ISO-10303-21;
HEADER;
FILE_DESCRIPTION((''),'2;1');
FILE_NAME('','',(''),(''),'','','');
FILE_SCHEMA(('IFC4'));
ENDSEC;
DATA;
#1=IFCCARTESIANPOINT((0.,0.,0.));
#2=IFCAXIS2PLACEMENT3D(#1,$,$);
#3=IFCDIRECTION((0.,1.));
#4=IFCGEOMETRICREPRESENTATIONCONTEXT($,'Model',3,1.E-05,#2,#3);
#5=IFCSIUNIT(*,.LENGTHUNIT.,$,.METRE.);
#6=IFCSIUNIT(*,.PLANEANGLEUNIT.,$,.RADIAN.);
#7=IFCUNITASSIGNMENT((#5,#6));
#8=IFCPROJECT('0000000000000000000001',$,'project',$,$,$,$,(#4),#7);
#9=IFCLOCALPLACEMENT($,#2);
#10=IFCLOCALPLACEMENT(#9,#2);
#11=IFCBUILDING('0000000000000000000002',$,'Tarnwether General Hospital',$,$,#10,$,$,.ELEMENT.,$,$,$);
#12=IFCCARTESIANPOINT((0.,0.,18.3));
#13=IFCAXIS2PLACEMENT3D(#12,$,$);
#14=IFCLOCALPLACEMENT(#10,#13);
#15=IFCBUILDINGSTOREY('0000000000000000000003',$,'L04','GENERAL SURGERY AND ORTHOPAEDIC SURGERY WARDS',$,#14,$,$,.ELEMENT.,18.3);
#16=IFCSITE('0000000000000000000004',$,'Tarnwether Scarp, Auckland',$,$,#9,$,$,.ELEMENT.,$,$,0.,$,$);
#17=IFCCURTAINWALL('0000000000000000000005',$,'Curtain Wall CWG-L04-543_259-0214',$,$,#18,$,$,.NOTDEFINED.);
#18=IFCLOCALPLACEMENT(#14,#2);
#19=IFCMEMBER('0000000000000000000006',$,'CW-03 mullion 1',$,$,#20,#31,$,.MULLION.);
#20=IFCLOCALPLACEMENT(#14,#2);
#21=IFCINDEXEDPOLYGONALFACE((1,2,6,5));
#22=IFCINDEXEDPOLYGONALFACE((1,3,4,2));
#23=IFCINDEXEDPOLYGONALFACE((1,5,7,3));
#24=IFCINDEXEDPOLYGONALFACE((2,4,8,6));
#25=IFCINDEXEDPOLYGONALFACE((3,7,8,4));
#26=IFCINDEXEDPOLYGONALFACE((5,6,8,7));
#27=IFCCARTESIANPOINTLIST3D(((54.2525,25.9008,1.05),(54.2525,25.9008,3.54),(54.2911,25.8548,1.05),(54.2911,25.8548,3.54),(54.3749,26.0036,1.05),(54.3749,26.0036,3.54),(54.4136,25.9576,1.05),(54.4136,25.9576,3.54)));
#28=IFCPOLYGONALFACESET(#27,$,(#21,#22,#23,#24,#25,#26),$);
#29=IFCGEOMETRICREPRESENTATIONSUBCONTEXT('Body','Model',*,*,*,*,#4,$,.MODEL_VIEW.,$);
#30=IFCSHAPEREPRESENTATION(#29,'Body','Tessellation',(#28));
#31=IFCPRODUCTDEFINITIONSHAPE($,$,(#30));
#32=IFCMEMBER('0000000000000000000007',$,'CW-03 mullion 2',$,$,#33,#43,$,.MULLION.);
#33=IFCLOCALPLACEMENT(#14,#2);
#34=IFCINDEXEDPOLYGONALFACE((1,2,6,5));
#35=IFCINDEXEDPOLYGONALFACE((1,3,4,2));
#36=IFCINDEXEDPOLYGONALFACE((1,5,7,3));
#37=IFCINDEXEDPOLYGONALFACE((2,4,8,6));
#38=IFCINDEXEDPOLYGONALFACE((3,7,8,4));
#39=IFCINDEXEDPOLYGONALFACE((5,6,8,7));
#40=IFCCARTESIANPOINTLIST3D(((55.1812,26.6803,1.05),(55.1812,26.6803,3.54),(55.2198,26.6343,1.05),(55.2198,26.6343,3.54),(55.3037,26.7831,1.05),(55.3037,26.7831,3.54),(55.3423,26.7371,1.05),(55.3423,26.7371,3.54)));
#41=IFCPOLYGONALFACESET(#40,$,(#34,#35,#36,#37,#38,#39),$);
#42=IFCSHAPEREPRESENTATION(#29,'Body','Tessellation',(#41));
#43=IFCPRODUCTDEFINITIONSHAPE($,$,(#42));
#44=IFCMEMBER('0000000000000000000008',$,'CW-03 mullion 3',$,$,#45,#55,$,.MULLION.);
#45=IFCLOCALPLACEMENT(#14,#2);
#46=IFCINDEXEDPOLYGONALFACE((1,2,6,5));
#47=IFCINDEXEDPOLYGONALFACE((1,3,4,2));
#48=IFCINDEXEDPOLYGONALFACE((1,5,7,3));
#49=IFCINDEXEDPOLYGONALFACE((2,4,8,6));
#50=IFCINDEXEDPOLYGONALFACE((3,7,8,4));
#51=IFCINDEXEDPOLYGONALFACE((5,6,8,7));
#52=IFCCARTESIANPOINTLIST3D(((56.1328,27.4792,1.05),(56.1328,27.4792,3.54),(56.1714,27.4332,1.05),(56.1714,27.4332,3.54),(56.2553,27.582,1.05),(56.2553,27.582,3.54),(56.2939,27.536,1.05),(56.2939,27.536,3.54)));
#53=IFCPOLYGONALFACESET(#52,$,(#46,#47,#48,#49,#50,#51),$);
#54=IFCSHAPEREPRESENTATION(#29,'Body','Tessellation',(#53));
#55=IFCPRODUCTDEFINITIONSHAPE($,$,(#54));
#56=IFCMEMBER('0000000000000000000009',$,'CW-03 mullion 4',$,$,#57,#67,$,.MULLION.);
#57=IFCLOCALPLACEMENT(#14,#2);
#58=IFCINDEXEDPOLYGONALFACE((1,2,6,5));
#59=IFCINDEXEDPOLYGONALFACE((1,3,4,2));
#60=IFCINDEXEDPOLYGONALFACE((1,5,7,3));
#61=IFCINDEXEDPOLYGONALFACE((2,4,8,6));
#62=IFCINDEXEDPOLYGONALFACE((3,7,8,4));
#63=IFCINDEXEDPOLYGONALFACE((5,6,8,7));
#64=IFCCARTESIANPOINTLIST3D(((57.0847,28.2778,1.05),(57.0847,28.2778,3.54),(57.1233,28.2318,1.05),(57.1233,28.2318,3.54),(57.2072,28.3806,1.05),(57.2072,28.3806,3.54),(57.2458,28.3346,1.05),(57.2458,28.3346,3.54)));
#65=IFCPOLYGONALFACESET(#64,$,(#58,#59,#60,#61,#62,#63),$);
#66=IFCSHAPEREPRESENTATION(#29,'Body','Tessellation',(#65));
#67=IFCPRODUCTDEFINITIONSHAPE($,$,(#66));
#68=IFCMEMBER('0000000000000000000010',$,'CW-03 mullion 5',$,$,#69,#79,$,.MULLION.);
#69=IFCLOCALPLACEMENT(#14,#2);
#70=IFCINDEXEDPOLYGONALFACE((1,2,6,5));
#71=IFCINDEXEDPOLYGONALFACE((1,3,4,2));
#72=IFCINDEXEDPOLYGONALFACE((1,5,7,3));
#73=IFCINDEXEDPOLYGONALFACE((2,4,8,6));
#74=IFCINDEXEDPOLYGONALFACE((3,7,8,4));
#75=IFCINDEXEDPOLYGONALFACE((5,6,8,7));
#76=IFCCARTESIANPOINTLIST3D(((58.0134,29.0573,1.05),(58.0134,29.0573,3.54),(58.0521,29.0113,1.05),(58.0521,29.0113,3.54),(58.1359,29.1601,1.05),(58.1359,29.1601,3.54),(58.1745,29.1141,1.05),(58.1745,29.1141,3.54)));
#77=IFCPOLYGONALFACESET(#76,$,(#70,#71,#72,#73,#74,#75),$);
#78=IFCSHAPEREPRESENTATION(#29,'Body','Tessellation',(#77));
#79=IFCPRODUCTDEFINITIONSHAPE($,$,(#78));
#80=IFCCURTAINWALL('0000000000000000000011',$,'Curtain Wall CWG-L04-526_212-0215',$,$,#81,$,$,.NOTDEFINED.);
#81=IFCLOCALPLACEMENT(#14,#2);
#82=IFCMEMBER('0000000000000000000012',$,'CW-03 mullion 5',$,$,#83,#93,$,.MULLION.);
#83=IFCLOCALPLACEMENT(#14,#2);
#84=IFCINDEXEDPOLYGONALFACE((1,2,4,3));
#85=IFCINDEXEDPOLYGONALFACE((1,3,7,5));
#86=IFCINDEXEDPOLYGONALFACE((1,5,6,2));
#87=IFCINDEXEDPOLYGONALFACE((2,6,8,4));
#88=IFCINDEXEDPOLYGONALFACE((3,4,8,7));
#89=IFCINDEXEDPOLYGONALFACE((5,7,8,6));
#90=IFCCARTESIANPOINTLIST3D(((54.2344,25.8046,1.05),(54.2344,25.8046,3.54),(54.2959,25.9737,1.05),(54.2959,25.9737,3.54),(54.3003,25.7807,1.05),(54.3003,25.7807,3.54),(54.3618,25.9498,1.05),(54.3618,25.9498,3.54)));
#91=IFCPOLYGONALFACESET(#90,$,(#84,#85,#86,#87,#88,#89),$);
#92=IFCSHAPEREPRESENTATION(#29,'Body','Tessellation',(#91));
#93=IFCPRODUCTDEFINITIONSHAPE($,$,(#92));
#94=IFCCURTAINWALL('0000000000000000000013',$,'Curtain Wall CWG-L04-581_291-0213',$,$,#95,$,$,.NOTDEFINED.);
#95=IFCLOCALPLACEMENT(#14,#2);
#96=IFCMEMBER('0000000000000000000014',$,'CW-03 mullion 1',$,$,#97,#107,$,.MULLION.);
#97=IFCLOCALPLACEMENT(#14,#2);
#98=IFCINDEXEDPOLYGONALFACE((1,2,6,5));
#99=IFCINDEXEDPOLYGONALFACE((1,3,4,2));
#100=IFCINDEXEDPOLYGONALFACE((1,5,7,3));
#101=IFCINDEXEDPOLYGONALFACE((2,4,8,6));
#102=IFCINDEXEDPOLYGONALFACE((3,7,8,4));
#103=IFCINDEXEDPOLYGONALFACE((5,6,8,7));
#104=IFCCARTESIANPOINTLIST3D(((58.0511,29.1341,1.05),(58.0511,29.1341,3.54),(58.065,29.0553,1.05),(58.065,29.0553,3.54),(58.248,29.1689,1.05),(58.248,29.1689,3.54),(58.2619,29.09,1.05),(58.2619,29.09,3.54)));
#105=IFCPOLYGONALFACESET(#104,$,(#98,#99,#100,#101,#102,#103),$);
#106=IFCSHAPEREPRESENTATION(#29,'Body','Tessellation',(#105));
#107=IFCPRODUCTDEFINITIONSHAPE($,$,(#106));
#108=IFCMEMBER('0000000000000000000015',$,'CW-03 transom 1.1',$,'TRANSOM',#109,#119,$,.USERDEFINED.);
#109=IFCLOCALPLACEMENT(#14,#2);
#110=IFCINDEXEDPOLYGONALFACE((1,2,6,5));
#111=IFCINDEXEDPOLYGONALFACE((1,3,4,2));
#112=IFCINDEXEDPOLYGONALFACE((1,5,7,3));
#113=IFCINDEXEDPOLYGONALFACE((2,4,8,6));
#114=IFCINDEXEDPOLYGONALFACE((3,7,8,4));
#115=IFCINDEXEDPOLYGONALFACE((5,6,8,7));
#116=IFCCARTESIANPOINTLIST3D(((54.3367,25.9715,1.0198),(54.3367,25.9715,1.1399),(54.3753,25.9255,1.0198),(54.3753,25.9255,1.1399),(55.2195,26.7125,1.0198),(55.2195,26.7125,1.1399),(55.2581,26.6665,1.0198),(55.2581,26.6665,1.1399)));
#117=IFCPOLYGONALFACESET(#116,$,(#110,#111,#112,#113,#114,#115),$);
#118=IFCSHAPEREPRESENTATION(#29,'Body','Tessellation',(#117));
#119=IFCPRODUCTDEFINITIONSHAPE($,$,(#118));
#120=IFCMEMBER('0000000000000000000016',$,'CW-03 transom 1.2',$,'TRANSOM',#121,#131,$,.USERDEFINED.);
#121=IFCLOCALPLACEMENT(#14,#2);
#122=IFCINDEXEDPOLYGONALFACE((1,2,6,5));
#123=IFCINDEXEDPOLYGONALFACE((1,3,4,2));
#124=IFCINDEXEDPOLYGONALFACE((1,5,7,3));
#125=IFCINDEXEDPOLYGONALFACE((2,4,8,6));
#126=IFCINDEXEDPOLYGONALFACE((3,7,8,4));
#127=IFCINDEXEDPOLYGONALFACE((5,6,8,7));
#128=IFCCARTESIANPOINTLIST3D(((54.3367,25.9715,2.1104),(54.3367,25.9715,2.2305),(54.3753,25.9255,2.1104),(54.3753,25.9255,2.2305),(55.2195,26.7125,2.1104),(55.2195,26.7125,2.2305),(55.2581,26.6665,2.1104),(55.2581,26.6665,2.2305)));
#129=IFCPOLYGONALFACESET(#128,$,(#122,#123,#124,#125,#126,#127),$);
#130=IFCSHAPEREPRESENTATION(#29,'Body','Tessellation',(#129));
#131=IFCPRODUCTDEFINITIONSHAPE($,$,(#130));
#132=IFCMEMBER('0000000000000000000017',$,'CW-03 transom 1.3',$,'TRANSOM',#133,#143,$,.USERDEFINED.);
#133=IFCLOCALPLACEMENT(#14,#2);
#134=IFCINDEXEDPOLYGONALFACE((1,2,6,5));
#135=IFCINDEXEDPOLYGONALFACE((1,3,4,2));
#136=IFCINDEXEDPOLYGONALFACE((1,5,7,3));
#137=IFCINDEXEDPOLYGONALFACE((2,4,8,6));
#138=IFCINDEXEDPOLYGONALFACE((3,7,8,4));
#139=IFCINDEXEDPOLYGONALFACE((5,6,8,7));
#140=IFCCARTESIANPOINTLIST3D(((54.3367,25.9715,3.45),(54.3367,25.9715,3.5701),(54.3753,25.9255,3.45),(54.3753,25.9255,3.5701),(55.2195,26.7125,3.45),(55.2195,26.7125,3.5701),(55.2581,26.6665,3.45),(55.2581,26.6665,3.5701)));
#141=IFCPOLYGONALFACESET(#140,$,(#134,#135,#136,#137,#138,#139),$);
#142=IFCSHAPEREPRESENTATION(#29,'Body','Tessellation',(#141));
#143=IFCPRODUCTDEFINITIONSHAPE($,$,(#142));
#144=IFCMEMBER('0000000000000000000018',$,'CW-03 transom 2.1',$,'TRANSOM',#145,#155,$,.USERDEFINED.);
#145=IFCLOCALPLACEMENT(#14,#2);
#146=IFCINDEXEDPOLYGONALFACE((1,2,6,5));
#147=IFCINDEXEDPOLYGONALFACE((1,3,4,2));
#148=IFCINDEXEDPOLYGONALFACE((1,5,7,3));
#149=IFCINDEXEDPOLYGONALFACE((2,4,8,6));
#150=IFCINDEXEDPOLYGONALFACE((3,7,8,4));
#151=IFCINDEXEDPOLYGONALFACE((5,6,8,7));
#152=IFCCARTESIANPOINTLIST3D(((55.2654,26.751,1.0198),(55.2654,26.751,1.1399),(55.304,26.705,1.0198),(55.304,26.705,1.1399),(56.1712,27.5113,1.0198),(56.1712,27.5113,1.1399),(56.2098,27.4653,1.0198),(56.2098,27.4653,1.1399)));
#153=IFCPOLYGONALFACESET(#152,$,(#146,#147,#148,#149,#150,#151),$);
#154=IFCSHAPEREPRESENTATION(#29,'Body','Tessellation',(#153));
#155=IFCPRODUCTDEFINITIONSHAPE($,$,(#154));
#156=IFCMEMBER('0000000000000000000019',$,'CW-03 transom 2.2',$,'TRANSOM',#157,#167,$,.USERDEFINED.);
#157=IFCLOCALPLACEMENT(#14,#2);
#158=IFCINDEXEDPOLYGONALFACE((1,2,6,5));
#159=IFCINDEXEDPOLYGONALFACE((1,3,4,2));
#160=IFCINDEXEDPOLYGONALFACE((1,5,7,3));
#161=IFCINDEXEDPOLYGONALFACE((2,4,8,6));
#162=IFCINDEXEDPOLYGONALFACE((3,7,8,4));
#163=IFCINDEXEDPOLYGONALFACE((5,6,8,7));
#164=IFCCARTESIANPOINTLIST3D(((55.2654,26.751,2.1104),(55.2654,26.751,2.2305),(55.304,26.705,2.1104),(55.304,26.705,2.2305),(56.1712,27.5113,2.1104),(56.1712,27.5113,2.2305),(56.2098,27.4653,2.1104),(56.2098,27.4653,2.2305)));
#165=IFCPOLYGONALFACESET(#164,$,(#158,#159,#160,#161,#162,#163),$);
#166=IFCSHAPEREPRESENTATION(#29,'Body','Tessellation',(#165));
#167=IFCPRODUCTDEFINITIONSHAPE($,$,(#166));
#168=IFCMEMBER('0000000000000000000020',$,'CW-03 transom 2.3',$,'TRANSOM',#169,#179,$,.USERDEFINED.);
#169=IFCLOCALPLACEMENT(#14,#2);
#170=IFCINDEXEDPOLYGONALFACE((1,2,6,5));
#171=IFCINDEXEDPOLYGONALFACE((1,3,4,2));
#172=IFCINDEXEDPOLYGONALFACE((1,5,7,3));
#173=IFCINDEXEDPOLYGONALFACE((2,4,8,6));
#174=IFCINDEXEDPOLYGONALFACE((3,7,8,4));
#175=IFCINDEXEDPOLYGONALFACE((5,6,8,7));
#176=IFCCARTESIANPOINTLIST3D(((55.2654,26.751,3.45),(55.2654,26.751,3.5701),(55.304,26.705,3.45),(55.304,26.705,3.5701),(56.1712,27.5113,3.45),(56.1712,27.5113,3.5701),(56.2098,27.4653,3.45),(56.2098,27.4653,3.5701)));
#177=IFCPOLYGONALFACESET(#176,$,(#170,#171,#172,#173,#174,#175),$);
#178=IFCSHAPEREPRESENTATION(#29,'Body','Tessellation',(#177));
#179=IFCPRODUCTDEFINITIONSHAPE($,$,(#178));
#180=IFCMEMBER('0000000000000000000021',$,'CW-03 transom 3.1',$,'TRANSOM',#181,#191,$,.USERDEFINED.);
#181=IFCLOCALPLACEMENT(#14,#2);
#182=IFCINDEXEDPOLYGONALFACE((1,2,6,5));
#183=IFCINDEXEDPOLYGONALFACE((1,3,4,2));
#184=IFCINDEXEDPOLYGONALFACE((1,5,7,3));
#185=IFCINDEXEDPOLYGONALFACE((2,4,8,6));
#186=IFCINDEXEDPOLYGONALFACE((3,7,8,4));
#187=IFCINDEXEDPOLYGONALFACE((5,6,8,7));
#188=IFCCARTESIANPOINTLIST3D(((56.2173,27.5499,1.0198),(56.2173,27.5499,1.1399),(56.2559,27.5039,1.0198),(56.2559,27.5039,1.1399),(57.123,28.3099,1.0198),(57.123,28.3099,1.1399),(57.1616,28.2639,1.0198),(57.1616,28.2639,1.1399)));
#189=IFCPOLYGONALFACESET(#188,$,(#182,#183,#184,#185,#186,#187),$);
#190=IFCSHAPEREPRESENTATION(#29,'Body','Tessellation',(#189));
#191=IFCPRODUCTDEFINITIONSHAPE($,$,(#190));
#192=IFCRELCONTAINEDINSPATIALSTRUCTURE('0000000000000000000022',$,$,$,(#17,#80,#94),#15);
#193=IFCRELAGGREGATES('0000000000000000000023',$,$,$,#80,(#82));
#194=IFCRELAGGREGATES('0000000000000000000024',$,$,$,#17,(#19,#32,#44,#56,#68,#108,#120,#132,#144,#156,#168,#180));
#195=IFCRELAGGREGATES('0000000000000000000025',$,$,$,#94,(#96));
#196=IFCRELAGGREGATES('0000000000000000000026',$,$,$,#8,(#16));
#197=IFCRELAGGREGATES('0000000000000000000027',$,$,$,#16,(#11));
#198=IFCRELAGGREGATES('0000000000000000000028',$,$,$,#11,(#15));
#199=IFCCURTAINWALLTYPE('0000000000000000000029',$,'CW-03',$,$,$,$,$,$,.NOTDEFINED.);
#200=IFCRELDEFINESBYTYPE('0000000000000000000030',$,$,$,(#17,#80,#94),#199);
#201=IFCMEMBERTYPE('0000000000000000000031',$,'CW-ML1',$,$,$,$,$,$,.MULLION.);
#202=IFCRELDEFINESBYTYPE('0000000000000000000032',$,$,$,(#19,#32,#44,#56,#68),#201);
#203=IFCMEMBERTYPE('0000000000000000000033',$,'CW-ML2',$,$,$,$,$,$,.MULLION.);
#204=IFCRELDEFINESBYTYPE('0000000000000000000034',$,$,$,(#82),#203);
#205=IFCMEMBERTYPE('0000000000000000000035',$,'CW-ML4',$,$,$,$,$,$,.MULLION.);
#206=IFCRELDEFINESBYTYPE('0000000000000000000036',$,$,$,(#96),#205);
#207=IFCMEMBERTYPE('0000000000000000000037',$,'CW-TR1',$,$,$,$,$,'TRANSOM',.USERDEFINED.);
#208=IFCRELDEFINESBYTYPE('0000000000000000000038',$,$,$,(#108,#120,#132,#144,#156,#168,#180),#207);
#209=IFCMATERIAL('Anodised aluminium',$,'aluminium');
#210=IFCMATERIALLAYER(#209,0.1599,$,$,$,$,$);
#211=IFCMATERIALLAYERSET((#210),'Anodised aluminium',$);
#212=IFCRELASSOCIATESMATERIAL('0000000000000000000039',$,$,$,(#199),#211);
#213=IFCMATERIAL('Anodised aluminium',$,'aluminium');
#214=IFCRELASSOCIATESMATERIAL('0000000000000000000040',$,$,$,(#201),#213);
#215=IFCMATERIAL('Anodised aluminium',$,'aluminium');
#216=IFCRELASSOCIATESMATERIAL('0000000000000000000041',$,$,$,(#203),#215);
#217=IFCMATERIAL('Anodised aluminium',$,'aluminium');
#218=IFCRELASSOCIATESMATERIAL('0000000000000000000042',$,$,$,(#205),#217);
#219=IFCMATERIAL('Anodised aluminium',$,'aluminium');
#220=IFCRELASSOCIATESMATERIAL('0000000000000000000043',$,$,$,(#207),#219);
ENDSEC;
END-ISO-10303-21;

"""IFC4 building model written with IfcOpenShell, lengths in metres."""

from ifc_helpers import new_model, si_unit, direction, frame, origin, origin_2d, place, context, subcontext, project, spatial, rectangle, extrude, material, layer, layer_set, material_profile, profile_set, type_object, element, aggregate, save


model = new_model("IFC4")

# Units and contexts
model_context = context("Model", 3, precision=1e-05, world=origin(), true_north=direction((0.0, 1.0)))
body_context = subcontext(model_context, "Body", "Model", "MODEL_VIEW")
ifc_project = project(units=[si_unit("LENGTHUNIT", "METRE"), si_unit("PLANEANGLEUNIT", "RADIAN")], contexts=[model_context])

# Site, building, storey
site_placement = place(None, origin())
site = spatial("IfcSite", under=ifc_project, at=site_placement, Name="Tarnwether Scarp, Auckland", CompositionType="ELEMENT", RefElevation=0.0)
building_placement = place(site_placement, origin())
building = spatial("IfcBuilding", under=site, at=building_placement, Name="Tarnwether General Hospital", CompositionType="ELEMENT")
storey_placement = place(building_placement, frame((0.0, 0.0, 18.3)))
storey = spatial("IfcBuildingStorey", under=building, at=storey_placement, Name="L04", Description="GENERAL SURGERY AND ORTHOPAEDIC SURGERY WARDS", CompositionType="ELEMENT", Elevation=18.3)

# Curtain wall, members
ifc_material_1 = material(Name="Anodised aluminium", Category="aluminium")
ifc_layer_1 = layer(ifc_material_1, 0.1599)
ifc_layer_set_1 = layer_set([ifc_layer_1], Name="Anodised aluminium")
curtain_wall_type = type_object("IfcCurtainWallType", Name="CW-03", PredefinedType="NOTDEFINED", material=ifc_layer_set_1)
curtain_wall_1_placement = place(storey_placement, origin())
curtain_wall_1 = element("IfcCurtainWall", 1, at=curtain_wall_1_placement, inside=storey, type_object=curtain_wall_type, Name="Curtain Wall CWG-L04-543_259-0214", PredefinedType="NOTDEFINED")
ifc_material_2 = material(Name="Anodised aluminium", Category="aluminium")
ifc_material_profile_1 = material_profile(ifc_material_2, rectangle(XDim=0.0601, YDim=0.1599, at=origin_2d()), Name="ALU-MUL-60x160")
ifc_profile_set_1 = profile_set([ifc_material_profile_1], Name="Anodised aluminium")
member_type_1 = type_object("IfcMemberType", Name="CW-ML1", PredefinedType="MULLION", material=ifc_profile_set_1)
member_1_placement = place(storey_placement, frame((54.333, 25.9292, 1.05), z_axis=(0.0, 0.0, 1.0), x_axis=(-0.642852, 0.76599, 0.0)))
member_1 = element("IfcMember", 2, at=member_1_placement, type_object=member_type_1, Name="CW-03 mullion 1", PredefinedType="MULLION", context=body_context, shape_type="SweptSolid", body=[
    extrude(rectangle(XDim=0.0601, YDim=0.1599, at=origin_2d()), origin(), (0.0, 0.0, 1.0), 2.49),
])
member_2_placement = place(storey_placement, frame((55.2617, 26.7087, 1.05), z_axis=(0.0, 0.0, 1.0), x_axis=(-0.642852, 0.76599, 0.0)))
member_2 = element("IfcMember", 3, at=member_2_placement, type_object=member_type_1, Name="CW-03 mullion 2", PredefinedType="MULLION", context=body_context, shape_type="SweptSolid", body=[
    extrude(rectangle(XDim=0.0601, YDim=0.1599, at=origin_2d()), origin(), (0.0, 0.0, 1.0), 2.49),
])
member_3_placement = place(storey_placement, frame((56.2134, 27.5076, 1.05), z_axis=(0.0, 0.0, 1.0), x_axis=(-0.642852, 0.76599, 0.0)))
member_3 = element("IfcMember", 4, at=member_3_placement, type_object=member_type_1, Name="CW-03 mullion 3", PredefinedType="MULLION", context=body_context, shape_type="SweptSolid", body=[
    extrude(rectangle(XDim=0.0601, YDim=0.1599, at=origin_2d()), origin(), (0.0, 0.0, 1.0), 2.49),
])
member_4_placement = place(storey_placement, frame((57.1653, 28.3062, 1.05), z_axis=(0.0, 0.0, 1.0), x_axis=(-0.642852, 0.76599, 0.0)))
member_4 = element("IfcMember", 5, at=member_4_placement, type_object=member_type_1, Name="CW-03 mullion 4", PredefinedType="MULLION", context=body_context, shape_type="SweptSolid", body=[
    extrude(rectangle(XDim=0.0601, YDim=0.1599, at=origin_2d()), origin(), (0.0, 0.0, 1.0), 2.49),
])
member_5_placement = place(storey_placement, frame((58.094, 29.0857, 1.05), z_axis=(0.0, 0.0, 1.0), x_axis=(-0.642852, 0.76599, 0.0)))
member_5 = element("IfcMember", 6, at=member_5_placement, type_object=member_type_1, Name="CW-03 mullion 5", PredefinedType="MULLION", context=body_context, shape_type="SweptSolid", body=[
    extrude(rectangle(XDim=0.0601, YDim=0.1599, at=origin_2d()), origin(), (0.0, 0.0, 1.0), 2.49),
])

# Curtain walls, members
curtain_wall_2_placement = place(storey_placement, origin())
curtain_wall_2 = element("IfcCurtainWall", 7, at=curtain_wall_2_placement, inside=storey, type_object=curtain_wall_type, Name="Curtain Wall CWG-L04-526_212-0215", PredefinedType="NOTDEFINED")
ifc_material_3 = material(Name="Anodised aluminium", Category="aluminium")
ifc_material_profile_2 = material_profile(ifc_material_3, rectangle(XDim=0.0701, YDim=0.1799, at=origin_2d()), Name="ALU-MUL-70x180")
ifc_profile_set_2 = profile_set([ifc_material_profile_2], Name="Anodised aluminium")
member_type_2 = type_object("IfcMemberType", Name="CW-ML2", PredefinedType="MULLION", material=ifc_profile_set_2)
member_6_placement = place(storey_placement, frame((54.2981, 25.8772, 1.05), z_axis=(0.0, 0.0, 1.0), x_axis=(-0.939717, 0.341953, 0.0)))
member_6 = element("IfcMember", 8, at=member_6_placement, type_object=member_type_2, Name="CW-03 mullion 5", PredefinedType="MULLION", context=body_context, shape_type="SweptSolid", body=[
    extrude(rectangle(XDim=0.0701, YDim=0.1799, at=origin_2d()), origin(), (0.0, 0.0, 1.0), 2.49),
])
aggregate(curtain_wall_2, [member_6])
curtain_wall_3_placement = place(storey_placement, origin())
curtain_wall_3 = element("IfcCurtainWall", 9, at=curtain_wall_3_placement, inside=storey, type_object=curtain_wall_type, Name="Curtain Wall CWG-L04-581_291-0213", PredefinedType="NOTDEFINED")
ifc_material_4 = material(Name="Anodised aluminium", Category="aluminium")
ifc_material_profile_3 = material_profile(ifc_material_4, rectangle(XDim=0.0801, YDim=0.2, at=origin_2d()), Name="ALU-MUL-80x200")
ifc_profile_set_3 = profile_set([ifc_material_profile_3], Name="Anodised aluminium")
member_type_3 = type_object("IfcMemberType", Name="CW-ML4", PredefinedType="MULLION", material=ifc_profile_set_3)
member_7_placement = place(storey_placement, frame((58.1565, 29.1121, 1.05), z_axis=(0.0, 0.0, 1.0), x_axis=(-0.173659, 0.984806, 0.0)))
member_7 = element("IfcMember", 10, at=member_7_placement, type_object=member_type_3, Name="CW-03 mullion 1", PredefinedType="MULLION", context=body_context, shape_type="SweptSolid", body=[
    extrude(rectangle(XDim=0.0801, YDim=0.2, at=origin_2d()), origin(), (0.0, 0.0, 1.0), 2.49),
])

# Members
ifc_material_5 = material(Name="Anodised aluminium", Category="aluminium")
ifc_material_profile_4 = material_profile(ifc_material_5, rectangle(XDim=0.0601, YDim=0.1201, at=origin_2d()), Name="ALU-TRN-60x120")
ifc_profile_set_4 = profile_set([ifc_material_profile_4], Name="Anodised aluminium")
member_type_4 = type_object("IfcMemberType", Name="CW-TR1", ElementType="TRANSOM", PredefinedType="USERDEFINED", material=ifc_profile_set_4)
member_8_placement = place(storey_placement, frame((54.356, 25.9485, 1.0798), z_axis=(0.765959, 0.642889, 0.0), x_axis=(-0.642889, 0.765959, 0.0)))
member_8 = element("IfcMember", 11, at=member_8_placement, type_object=member_type_4, Name="CW-03 transom 1.1", ObjectType="TRANSOM", PredefinedType="USERDEFINED", context=body_context, shape_type="SweptSolid", body=[
    extrude(rectangle(XDim=0.0601, YDim=0.1201, at=origin_2d()), origin(), (0.0, 0.0, 1.0), 1.1526),
])
member_9_placement = place(storey_placement, frame((54.356, 25.9485, 2.1704), z_axis=(0.765959, 0.642889, 0.0), x_axis=(-0.642889, 0.765959, 0.0)))
member_9 = element("IfcMember", 12, at=member_9_placement, type_object=member_type_4, Name="CW-03 transom 1.2", ObjectType="TRANSOM", PredefinedType="USERDEFINED", context=body_context, shape_type="SweptSolid", body=[
    extrude(rectangle(XDim=0.0601, YDim=0.1201, at=origin_2d()), origin(), (0.0, 0.0, 1.0), 1.1526),
])
member_10_placement = place(storey_placement, frame((54.356, 25.9485, 3.51), z_axis=(0.765959, 0.642889, 0.0), x_axis=(-0.642889, 0.765959, 0.0)))
member_10 = element("IfcMember", 13, at=member_10_placement, type_object=member_type_4, Name="CW-03 transom 1.3", ObjectType="TRANSOM", PredefinedType="USERDEFINED", context=body_context, shape_type="SweptSolid", body=[
    extrude(rectangle(XDim=0.0601, YDim=0.1201, at=origin_2d()), origin(), (0.0, 0.0, 1.0), 1.1526),
])
member_11_placement = place(storey_placement, frame((55.2847, 26.728, 1.0798), z_axis=(0.765949, 0.642902, 0.0), x_axis=(-0.642902, 0.765949, 0.0)))
member_11 = element("IfcMember", 14, at=member_11_placement, type_object=member_type_4, Name="CW-03 transom 2.1", ObjectType="TRANSOM", PredefinedType="USERDEFINED", context=body_context, shape_type="SweptSolid", body=[
    extrude(rectangle(XDim=0.0601, YDim=0.1201, at=origin_2d()), origin(), (0.0, 0.0, 1.0), 1.1826),
])
member_12_placement = place(storey_placement, frame((55.2847, 26.728, 2.1704), z_axis=(0.765949, 0.642902, 0.0), x_axis=(-0.642902, 0.765949, 0.0)))
member_12 = element("IfcMember", 15, at=member_12_placement, type_object=member_type_4, Name="CW-03 transom 2.2", ObjectType="TRANSOM", PredefinedType="USERDEFINED", context=body_context, shape_type="SweptSolid", body=[
    extrude(rectangle(XDim=0.0601, YDim=0.1201, at=origin_2d()), origin(), (0.0, 0.0, 1.0), 1.1826),
])
member_13_placement = place(storey_placement, frame((55.2847, 26.728, 3.51), z_axis=(0.765949, 0.642902, 0.0), x_axis=(-0.642902, 0.765949, 0.0)))
member_13 = element("IfcMember", 16, at=member_13_placement, type_object=member_type_4, Name="CW-03 transom 2.3", ObjectType="TRANSOM", PredefinedType="USERDEFINED", context=body_context, shape_type="SweptSolid", body=[
    extrude(rectangle(XDim=0.0601, YDim=0.1201, at=origin_2d()), origin(), (0.0, 0.0, 1.0), 1.1826),
])
member_14_placement = place(storey_placement, frame((56.2366, 27.5269, 1.0798), z_axis=(0.766051, 0.64278, 0.0), x_axis=(-0.64278, 0.766051, 0.0)))
member_14 = element("IfcMember", 17, at=member_14_placement, type_object=member_type_4, Name="CW-03 transom 3.1", ObjectType="TRANSOM", PredefinedType="USERDEFINED", context=body_context, shape_type="SweptSolid", body=[
    extrude(rectangle(XDim=0.0601, YDim=0.1201, at=origin_2d()), origin(), (0.0, 0.0, 1.0), 1.1824),
])

aggregate(curtain_wall_1, [member_1, member_2, member_3, member_4, member_5, member_8, member_9, member_10, member_11, member_12, member_13, member_14])
aggregate(curtain_wall_3, [member_7])

save(model, "model.ifc")
